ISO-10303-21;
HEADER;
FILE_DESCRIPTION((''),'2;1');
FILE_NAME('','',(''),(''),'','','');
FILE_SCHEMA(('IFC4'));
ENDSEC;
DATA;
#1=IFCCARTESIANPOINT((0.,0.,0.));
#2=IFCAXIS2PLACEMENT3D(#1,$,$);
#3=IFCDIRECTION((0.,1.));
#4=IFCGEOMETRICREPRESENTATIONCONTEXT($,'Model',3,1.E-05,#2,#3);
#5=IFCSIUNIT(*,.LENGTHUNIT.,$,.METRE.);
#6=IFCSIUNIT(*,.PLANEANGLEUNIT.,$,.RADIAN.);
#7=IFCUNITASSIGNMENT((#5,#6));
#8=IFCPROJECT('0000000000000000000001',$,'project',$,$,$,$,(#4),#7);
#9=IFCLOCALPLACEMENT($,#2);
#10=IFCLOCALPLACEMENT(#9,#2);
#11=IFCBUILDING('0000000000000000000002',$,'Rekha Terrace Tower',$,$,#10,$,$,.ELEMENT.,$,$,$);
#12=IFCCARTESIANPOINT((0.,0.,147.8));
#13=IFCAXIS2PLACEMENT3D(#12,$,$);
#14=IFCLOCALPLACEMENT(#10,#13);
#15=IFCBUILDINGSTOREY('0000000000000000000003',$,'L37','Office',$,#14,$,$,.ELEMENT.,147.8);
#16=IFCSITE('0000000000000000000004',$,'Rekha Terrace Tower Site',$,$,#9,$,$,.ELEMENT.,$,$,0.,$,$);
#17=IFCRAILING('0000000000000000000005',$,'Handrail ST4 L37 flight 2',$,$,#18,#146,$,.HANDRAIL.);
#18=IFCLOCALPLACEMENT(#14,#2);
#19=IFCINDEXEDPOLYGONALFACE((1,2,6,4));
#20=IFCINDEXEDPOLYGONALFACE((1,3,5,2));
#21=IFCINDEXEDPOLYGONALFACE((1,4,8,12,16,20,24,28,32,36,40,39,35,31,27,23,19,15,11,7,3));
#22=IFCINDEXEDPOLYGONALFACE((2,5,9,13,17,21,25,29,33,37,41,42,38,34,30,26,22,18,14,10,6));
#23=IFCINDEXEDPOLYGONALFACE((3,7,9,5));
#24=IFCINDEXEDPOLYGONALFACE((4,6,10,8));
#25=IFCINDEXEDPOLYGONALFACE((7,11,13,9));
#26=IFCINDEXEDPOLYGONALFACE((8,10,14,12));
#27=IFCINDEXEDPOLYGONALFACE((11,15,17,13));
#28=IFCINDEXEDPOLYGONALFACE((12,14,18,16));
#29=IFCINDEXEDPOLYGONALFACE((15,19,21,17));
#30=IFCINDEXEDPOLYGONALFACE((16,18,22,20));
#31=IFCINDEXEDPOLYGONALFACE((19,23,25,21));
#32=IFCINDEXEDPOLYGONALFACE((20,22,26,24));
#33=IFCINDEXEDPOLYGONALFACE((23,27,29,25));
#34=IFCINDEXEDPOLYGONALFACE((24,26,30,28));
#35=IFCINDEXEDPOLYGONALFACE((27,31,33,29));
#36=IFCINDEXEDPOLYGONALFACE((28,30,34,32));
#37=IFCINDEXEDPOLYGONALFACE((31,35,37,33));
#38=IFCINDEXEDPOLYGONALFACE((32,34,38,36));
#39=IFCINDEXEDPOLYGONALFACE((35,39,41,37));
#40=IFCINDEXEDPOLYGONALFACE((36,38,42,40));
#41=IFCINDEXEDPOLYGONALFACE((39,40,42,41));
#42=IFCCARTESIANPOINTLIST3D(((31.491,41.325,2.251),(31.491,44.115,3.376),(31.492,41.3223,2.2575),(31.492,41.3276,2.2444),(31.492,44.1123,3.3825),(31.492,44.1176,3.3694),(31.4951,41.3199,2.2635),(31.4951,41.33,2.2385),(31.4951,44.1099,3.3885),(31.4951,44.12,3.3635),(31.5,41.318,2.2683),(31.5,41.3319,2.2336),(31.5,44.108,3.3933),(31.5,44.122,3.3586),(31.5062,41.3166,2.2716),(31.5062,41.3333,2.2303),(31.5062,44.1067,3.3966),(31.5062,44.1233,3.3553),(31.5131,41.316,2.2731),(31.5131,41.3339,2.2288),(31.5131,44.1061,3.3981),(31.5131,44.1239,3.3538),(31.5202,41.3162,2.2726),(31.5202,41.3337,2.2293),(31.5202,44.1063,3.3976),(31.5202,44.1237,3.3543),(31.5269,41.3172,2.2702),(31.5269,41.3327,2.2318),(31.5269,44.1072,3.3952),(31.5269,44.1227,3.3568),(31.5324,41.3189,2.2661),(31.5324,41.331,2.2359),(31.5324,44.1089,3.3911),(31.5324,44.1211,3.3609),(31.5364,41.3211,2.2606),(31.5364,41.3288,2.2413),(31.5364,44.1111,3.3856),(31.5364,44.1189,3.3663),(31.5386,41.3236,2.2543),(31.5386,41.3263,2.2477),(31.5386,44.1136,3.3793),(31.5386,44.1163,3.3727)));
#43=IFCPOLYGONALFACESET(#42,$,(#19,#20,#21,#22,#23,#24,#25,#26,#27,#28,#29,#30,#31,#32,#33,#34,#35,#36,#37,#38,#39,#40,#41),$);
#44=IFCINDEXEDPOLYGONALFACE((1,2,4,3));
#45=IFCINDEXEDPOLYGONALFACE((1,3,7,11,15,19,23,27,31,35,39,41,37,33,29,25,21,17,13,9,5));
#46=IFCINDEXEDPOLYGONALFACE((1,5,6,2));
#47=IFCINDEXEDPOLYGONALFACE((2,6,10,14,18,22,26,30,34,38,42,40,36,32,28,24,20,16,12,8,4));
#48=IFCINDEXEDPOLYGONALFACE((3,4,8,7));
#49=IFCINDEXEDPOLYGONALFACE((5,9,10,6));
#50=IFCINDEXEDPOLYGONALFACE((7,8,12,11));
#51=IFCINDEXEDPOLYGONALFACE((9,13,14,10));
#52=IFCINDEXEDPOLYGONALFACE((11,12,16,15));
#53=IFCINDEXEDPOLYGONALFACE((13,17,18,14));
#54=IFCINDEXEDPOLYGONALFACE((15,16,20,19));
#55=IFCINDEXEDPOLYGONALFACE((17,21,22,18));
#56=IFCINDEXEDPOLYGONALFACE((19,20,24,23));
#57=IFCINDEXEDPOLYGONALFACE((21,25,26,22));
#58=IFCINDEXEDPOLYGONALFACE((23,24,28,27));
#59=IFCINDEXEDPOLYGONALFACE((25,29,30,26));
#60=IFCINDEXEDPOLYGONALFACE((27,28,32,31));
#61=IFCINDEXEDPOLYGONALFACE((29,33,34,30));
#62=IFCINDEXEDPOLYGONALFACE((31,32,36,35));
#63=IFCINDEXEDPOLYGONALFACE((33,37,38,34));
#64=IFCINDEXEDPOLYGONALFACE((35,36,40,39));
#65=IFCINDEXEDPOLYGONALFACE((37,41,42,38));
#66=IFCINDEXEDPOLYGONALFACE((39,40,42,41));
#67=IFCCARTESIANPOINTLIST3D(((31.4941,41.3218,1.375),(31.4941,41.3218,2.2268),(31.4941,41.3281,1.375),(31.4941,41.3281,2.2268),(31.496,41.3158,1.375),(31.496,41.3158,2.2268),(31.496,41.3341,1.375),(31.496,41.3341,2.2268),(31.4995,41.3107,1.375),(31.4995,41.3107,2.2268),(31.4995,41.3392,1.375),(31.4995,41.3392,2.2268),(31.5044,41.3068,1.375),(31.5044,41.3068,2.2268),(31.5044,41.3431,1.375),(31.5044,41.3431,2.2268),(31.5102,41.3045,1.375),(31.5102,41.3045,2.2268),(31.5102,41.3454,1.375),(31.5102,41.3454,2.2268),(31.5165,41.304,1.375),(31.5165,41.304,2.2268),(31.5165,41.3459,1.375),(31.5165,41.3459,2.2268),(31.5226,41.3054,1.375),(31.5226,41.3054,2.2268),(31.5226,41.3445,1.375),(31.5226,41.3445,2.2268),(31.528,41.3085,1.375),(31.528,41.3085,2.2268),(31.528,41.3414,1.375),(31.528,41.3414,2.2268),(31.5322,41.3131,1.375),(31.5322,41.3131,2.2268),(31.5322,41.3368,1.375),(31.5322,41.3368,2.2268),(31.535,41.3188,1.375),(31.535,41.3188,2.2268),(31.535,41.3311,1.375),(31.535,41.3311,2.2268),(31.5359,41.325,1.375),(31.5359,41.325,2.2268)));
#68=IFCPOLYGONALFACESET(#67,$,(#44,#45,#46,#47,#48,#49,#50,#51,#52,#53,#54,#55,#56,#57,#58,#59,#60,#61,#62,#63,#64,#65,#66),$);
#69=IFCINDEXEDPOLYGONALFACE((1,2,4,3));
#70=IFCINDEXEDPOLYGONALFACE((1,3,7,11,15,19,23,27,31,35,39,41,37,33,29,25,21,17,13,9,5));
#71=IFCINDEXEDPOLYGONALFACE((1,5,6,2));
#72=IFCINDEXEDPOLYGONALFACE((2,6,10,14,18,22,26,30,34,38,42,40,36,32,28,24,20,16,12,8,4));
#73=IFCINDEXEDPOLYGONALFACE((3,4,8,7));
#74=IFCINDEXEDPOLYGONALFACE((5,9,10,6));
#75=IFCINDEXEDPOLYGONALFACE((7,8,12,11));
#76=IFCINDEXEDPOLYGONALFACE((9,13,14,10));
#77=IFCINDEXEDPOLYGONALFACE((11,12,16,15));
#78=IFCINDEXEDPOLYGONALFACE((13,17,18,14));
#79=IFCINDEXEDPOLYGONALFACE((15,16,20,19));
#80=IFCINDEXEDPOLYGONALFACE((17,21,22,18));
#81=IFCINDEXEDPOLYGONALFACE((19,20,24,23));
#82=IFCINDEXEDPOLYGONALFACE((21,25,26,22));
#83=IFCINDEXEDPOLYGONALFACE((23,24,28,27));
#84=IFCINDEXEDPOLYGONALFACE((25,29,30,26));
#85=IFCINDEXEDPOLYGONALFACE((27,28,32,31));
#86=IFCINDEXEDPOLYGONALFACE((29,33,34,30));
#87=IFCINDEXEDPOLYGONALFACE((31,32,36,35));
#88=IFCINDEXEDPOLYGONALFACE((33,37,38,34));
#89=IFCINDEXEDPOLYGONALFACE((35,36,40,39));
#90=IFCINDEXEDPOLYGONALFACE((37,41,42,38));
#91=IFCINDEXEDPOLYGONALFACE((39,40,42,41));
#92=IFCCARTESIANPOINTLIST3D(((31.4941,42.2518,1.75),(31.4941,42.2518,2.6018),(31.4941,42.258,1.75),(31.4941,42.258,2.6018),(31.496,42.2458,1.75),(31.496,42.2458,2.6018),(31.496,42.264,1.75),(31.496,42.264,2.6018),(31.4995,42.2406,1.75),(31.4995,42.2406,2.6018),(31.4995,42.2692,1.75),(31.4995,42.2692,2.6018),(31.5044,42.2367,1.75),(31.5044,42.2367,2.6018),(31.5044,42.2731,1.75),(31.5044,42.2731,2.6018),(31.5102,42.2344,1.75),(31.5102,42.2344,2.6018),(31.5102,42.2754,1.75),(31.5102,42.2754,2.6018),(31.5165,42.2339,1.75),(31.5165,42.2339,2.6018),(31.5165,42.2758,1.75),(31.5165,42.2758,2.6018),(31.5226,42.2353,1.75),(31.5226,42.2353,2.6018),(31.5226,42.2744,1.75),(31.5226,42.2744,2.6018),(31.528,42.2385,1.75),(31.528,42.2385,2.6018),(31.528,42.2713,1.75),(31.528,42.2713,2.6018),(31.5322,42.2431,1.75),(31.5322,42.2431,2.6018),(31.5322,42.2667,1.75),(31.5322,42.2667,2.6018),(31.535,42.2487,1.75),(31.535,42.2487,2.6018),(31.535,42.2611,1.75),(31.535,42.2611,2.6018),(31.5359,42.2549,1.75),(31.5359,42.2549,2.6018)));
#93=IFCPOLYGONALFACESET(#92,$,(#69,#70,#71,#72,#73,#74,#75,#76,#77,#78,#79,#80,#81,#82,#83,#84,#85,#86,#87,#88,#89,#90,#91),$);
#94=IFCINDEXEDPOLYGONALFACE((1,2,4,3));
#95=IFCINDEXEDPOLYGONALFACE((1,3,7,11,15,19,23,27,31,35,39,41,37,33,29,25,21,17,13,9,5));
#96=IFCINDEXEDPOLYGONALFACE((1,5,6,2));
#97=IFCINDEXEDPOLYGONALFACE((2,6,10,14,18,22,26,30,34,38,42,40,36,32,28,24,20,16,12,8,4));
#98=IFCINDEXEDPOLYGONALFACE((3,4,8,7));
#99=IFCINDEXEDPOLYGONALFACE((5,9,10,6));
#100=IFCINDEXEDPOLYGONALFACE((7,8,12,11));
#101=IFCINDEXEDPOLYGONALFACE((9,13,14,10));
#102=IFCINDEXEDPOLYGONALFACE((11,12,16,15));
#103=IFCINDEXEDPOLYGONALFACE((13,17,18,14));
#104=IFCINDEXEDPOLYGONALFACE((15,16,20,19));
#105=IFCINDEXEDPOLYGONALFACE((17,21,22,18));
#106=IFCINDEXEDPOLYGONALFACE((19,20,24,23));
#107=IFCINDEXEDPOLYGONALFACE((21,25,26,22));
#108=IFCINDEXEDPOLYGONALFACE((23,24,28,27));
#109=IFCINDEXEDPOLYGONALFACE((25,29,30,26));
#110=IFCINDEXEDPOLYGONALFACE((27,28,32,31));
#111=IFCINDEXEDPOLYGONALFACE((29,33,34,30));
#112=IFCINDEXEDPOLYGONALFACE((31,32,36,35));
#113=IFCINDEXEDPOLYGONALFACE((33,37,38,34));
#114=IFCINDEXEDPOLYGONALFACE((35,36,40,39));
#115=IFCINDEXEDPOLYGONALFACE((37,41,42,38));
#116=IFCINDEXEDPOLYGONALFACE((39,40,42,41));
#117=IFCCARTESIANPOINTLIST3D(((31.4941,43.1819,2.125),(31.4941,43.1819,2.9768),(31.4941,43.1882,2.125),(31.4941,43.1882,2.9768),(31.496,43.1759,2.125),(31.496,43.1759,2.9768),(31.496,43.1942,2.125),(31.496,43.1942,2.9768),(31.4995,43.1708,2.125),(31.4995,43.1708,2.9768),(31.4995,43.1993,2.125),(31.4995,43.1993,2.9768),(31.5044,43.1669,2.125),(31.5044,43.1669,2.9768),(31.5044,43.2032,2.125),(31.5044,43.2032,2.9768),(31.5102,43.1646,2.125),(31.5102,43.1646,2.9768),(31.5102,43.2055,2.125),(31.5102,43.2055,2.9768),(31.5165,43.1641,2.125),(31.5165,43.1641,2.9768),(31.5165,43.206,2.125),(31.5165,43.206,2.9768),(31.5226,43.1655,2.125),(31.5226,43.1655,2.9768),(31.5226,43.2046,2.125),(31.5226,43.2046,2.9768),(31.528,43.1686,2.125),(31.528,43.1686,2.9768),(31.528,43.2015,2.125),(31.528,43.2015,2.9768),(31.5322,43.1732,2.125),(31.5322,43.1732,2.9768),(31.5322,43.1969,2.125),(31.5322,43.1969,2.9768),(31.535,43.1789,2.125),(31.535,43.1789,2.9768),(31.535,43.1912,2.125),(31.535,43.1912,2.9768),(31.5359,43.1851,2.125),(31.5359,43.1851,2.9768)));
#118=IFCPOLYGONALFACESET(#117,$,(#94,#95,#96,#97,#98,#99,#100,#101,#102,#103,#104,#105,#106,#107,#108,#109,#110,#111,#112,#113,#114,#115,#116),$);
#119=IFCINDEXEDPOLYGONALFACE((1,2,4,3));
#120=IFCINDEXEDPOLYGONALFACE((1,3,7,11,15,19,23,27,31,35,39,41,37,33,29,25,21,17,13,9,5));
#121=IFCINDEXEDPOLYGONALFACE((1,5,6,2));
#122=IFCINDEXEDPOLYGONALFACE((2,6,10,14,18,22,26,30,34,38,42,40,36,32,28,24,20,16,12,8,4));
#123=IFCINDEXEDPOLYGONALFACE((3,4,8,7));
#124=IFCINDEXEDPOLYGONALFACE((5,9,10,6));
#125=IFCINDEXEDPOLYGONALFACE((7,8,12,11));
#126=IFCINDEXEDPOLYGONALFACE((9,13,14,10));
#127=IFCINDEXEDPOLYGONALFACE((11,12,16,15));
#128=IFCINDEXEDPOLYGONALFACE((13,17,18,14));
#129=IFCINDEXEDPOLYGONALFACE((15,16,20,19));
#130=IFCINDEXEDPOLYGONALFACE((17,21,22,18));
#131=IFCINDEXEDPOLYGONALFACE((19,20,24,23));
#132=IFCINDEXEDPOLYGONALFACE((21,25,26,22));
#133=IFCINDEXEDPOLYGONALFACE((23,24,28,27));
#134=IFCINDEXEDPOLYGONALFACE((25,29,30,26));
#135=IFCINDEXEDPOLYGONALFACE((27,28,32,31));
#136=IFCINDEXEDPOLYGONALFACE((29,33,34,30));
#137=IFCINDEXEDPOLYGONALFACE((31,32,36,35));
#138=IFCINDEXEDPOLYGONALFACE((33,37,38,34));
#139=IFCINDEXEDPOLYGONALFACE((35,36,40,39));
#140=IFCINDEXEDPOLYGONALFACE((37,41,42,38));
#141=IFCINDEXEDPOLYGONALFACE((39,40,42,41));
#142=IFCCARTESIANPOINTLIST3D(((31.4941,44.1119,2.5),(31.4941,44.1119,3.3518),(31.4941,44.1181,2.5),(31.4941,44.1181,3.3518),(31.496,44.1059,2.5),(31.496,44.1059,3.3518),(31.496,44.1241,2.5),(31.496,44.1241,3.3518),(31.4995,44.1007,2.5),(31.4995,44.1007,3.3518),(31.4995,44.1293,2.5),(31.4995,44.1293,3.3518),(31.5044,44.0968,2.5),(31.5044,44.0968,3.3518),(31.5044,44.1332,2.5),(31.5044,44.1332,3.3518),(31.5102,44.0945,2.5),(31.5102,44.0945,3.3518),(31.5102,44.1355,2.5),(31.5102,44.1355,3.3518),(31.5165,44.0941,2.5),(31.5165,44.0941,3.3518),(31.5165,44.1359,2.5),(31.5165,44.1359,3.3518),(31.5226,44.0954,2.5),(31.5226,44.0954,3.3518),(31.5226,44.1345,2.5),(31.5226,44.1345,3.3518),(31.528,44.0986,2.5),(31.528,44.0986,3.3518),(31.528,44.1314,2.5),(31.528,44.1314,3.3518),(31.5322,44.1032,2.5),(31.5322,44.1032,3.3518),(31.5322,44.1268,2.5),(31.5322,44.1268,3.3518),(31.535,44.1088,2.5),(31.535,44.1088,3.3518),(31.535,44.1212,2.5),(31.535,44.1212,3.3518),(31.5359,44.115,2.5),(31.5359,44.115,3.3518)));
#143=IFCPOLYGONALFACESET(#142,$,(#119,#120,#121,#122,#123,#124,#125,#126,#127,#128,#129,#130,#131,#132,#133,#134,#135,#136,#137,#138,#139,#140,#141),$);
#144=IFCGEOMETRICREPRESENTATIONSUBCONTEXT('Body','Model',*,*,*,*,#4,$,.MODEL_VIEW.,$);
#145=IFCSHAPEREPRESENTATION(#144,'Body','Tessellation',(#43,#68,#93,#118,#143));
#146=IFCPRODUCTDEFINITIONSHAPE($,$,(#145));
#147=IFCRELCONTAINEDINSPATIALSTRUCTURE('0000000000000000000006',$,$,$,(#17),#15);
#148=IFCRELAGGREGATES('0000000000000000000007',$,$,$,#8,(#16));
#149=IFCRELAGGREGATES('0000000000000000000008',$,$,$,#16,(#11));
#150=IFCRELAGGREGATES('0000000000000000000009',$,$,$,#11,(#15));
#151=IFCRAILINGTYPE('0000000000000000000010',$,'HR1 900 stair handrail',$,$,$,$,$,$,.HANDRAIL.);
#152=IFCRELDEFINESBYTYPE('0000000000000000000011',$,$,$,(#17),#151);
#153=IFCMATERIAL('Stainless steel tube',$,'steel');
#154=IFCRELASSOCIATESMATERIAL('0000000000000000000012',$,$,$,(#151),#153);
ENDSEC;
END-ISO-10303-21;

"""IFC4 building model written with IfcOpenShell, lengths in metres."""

from ifc_helpers import new_model, si_unit, direction, frame, origin, origin_2d, place, context, subcontext, project, spatial, circle, extrude, material, type_object, element, save


model = new_model("IFC4")

# Units and contexts
model_context = context("Model", 3, precision=1e-05, world=origin(), true_north=direction((0.0, 1.0)))
body_context = subcontext(model_context, "Body", "Model", "MODEL_VIEW")
ifc_project = project(units=[si_unit("LENGTHUNIT", "METRE"), si_unit("PLANEANGLEUNIT", "RADIAN")], contexts=[model_context])

# Site, building, storey
site_placement = place(None, origin())
site = spatial("IfcSite", under=ifc_project, at=site_placement, Name="Rekha Terrace Tower Site", CompositionType="ELEMENT", RefElevation=0.0)
building_placement = place(site_placement, origin())
building = spatial("IfcBuilding", under=site, at=building_placement, Name="Rekha Terrace Tower", CompositionType="ELEMENT")
storey_placement = place(building_placement, frame((0.0, 0.0, 147.8)))
storey = spatial("IfcBuildingStorey", under=building, at=storey_placement, Name="L37", Description="Office", CompositionType="ELEMENT", Elevation=147.8)

# Railing
ifc_material_1 = material(Name="Stainless steel tube", Category="steel")
railing_type_1 = type_object("IfcRailingType", Name="HR1 900 stair handrail", PredefinedType="HANDRAIL", material=ifc_material_1)
railing_1_placement = place(storey_placement, frame((31.5149, 41.325, 1.375)))
element("IfcRailing", 1, at=railing_1_placement, inside=storey, type_object=railing_type_1, Name="Handrail ST4 L37 flight 2", PredefinedType="HANDRAIL", context=body_context, shape_type="SweptSolid", body=[
    extrude(circle(Radius=0.0239, at=origin_2d()), frame((0.0, 0.0, 0.876), z_axis=(0.0, 0.927443, 0.373964), x_axis=(-1.0, 0.0, 0.0)), (0.0, 0.0, 1.0), 3.0083),
    extrude(circle(Radius=0.021, at=origin_2d()), origin(), (0.0, 0.0, 1.0), 0.8518),
    extrude(circle(Radius=0.021, at=origin_2d()), frame((0.0, 0.9299, 0.375)), (0.0, 0.0, 1.0), 0.8518),
    extrude(circle(Radius=0.021, at=origin_2d()), frame((0.0, 1.8601, 0.75)), (0.0, 0.0, 1.0), 0.8518),
    extrude(circle(Radius=0.021, at=origin_2d()), frame((0.0, 2.79, 1.125)), (0.0, 0.0, 1.0), 0.8518),
])

save(model, "model.ifc")
